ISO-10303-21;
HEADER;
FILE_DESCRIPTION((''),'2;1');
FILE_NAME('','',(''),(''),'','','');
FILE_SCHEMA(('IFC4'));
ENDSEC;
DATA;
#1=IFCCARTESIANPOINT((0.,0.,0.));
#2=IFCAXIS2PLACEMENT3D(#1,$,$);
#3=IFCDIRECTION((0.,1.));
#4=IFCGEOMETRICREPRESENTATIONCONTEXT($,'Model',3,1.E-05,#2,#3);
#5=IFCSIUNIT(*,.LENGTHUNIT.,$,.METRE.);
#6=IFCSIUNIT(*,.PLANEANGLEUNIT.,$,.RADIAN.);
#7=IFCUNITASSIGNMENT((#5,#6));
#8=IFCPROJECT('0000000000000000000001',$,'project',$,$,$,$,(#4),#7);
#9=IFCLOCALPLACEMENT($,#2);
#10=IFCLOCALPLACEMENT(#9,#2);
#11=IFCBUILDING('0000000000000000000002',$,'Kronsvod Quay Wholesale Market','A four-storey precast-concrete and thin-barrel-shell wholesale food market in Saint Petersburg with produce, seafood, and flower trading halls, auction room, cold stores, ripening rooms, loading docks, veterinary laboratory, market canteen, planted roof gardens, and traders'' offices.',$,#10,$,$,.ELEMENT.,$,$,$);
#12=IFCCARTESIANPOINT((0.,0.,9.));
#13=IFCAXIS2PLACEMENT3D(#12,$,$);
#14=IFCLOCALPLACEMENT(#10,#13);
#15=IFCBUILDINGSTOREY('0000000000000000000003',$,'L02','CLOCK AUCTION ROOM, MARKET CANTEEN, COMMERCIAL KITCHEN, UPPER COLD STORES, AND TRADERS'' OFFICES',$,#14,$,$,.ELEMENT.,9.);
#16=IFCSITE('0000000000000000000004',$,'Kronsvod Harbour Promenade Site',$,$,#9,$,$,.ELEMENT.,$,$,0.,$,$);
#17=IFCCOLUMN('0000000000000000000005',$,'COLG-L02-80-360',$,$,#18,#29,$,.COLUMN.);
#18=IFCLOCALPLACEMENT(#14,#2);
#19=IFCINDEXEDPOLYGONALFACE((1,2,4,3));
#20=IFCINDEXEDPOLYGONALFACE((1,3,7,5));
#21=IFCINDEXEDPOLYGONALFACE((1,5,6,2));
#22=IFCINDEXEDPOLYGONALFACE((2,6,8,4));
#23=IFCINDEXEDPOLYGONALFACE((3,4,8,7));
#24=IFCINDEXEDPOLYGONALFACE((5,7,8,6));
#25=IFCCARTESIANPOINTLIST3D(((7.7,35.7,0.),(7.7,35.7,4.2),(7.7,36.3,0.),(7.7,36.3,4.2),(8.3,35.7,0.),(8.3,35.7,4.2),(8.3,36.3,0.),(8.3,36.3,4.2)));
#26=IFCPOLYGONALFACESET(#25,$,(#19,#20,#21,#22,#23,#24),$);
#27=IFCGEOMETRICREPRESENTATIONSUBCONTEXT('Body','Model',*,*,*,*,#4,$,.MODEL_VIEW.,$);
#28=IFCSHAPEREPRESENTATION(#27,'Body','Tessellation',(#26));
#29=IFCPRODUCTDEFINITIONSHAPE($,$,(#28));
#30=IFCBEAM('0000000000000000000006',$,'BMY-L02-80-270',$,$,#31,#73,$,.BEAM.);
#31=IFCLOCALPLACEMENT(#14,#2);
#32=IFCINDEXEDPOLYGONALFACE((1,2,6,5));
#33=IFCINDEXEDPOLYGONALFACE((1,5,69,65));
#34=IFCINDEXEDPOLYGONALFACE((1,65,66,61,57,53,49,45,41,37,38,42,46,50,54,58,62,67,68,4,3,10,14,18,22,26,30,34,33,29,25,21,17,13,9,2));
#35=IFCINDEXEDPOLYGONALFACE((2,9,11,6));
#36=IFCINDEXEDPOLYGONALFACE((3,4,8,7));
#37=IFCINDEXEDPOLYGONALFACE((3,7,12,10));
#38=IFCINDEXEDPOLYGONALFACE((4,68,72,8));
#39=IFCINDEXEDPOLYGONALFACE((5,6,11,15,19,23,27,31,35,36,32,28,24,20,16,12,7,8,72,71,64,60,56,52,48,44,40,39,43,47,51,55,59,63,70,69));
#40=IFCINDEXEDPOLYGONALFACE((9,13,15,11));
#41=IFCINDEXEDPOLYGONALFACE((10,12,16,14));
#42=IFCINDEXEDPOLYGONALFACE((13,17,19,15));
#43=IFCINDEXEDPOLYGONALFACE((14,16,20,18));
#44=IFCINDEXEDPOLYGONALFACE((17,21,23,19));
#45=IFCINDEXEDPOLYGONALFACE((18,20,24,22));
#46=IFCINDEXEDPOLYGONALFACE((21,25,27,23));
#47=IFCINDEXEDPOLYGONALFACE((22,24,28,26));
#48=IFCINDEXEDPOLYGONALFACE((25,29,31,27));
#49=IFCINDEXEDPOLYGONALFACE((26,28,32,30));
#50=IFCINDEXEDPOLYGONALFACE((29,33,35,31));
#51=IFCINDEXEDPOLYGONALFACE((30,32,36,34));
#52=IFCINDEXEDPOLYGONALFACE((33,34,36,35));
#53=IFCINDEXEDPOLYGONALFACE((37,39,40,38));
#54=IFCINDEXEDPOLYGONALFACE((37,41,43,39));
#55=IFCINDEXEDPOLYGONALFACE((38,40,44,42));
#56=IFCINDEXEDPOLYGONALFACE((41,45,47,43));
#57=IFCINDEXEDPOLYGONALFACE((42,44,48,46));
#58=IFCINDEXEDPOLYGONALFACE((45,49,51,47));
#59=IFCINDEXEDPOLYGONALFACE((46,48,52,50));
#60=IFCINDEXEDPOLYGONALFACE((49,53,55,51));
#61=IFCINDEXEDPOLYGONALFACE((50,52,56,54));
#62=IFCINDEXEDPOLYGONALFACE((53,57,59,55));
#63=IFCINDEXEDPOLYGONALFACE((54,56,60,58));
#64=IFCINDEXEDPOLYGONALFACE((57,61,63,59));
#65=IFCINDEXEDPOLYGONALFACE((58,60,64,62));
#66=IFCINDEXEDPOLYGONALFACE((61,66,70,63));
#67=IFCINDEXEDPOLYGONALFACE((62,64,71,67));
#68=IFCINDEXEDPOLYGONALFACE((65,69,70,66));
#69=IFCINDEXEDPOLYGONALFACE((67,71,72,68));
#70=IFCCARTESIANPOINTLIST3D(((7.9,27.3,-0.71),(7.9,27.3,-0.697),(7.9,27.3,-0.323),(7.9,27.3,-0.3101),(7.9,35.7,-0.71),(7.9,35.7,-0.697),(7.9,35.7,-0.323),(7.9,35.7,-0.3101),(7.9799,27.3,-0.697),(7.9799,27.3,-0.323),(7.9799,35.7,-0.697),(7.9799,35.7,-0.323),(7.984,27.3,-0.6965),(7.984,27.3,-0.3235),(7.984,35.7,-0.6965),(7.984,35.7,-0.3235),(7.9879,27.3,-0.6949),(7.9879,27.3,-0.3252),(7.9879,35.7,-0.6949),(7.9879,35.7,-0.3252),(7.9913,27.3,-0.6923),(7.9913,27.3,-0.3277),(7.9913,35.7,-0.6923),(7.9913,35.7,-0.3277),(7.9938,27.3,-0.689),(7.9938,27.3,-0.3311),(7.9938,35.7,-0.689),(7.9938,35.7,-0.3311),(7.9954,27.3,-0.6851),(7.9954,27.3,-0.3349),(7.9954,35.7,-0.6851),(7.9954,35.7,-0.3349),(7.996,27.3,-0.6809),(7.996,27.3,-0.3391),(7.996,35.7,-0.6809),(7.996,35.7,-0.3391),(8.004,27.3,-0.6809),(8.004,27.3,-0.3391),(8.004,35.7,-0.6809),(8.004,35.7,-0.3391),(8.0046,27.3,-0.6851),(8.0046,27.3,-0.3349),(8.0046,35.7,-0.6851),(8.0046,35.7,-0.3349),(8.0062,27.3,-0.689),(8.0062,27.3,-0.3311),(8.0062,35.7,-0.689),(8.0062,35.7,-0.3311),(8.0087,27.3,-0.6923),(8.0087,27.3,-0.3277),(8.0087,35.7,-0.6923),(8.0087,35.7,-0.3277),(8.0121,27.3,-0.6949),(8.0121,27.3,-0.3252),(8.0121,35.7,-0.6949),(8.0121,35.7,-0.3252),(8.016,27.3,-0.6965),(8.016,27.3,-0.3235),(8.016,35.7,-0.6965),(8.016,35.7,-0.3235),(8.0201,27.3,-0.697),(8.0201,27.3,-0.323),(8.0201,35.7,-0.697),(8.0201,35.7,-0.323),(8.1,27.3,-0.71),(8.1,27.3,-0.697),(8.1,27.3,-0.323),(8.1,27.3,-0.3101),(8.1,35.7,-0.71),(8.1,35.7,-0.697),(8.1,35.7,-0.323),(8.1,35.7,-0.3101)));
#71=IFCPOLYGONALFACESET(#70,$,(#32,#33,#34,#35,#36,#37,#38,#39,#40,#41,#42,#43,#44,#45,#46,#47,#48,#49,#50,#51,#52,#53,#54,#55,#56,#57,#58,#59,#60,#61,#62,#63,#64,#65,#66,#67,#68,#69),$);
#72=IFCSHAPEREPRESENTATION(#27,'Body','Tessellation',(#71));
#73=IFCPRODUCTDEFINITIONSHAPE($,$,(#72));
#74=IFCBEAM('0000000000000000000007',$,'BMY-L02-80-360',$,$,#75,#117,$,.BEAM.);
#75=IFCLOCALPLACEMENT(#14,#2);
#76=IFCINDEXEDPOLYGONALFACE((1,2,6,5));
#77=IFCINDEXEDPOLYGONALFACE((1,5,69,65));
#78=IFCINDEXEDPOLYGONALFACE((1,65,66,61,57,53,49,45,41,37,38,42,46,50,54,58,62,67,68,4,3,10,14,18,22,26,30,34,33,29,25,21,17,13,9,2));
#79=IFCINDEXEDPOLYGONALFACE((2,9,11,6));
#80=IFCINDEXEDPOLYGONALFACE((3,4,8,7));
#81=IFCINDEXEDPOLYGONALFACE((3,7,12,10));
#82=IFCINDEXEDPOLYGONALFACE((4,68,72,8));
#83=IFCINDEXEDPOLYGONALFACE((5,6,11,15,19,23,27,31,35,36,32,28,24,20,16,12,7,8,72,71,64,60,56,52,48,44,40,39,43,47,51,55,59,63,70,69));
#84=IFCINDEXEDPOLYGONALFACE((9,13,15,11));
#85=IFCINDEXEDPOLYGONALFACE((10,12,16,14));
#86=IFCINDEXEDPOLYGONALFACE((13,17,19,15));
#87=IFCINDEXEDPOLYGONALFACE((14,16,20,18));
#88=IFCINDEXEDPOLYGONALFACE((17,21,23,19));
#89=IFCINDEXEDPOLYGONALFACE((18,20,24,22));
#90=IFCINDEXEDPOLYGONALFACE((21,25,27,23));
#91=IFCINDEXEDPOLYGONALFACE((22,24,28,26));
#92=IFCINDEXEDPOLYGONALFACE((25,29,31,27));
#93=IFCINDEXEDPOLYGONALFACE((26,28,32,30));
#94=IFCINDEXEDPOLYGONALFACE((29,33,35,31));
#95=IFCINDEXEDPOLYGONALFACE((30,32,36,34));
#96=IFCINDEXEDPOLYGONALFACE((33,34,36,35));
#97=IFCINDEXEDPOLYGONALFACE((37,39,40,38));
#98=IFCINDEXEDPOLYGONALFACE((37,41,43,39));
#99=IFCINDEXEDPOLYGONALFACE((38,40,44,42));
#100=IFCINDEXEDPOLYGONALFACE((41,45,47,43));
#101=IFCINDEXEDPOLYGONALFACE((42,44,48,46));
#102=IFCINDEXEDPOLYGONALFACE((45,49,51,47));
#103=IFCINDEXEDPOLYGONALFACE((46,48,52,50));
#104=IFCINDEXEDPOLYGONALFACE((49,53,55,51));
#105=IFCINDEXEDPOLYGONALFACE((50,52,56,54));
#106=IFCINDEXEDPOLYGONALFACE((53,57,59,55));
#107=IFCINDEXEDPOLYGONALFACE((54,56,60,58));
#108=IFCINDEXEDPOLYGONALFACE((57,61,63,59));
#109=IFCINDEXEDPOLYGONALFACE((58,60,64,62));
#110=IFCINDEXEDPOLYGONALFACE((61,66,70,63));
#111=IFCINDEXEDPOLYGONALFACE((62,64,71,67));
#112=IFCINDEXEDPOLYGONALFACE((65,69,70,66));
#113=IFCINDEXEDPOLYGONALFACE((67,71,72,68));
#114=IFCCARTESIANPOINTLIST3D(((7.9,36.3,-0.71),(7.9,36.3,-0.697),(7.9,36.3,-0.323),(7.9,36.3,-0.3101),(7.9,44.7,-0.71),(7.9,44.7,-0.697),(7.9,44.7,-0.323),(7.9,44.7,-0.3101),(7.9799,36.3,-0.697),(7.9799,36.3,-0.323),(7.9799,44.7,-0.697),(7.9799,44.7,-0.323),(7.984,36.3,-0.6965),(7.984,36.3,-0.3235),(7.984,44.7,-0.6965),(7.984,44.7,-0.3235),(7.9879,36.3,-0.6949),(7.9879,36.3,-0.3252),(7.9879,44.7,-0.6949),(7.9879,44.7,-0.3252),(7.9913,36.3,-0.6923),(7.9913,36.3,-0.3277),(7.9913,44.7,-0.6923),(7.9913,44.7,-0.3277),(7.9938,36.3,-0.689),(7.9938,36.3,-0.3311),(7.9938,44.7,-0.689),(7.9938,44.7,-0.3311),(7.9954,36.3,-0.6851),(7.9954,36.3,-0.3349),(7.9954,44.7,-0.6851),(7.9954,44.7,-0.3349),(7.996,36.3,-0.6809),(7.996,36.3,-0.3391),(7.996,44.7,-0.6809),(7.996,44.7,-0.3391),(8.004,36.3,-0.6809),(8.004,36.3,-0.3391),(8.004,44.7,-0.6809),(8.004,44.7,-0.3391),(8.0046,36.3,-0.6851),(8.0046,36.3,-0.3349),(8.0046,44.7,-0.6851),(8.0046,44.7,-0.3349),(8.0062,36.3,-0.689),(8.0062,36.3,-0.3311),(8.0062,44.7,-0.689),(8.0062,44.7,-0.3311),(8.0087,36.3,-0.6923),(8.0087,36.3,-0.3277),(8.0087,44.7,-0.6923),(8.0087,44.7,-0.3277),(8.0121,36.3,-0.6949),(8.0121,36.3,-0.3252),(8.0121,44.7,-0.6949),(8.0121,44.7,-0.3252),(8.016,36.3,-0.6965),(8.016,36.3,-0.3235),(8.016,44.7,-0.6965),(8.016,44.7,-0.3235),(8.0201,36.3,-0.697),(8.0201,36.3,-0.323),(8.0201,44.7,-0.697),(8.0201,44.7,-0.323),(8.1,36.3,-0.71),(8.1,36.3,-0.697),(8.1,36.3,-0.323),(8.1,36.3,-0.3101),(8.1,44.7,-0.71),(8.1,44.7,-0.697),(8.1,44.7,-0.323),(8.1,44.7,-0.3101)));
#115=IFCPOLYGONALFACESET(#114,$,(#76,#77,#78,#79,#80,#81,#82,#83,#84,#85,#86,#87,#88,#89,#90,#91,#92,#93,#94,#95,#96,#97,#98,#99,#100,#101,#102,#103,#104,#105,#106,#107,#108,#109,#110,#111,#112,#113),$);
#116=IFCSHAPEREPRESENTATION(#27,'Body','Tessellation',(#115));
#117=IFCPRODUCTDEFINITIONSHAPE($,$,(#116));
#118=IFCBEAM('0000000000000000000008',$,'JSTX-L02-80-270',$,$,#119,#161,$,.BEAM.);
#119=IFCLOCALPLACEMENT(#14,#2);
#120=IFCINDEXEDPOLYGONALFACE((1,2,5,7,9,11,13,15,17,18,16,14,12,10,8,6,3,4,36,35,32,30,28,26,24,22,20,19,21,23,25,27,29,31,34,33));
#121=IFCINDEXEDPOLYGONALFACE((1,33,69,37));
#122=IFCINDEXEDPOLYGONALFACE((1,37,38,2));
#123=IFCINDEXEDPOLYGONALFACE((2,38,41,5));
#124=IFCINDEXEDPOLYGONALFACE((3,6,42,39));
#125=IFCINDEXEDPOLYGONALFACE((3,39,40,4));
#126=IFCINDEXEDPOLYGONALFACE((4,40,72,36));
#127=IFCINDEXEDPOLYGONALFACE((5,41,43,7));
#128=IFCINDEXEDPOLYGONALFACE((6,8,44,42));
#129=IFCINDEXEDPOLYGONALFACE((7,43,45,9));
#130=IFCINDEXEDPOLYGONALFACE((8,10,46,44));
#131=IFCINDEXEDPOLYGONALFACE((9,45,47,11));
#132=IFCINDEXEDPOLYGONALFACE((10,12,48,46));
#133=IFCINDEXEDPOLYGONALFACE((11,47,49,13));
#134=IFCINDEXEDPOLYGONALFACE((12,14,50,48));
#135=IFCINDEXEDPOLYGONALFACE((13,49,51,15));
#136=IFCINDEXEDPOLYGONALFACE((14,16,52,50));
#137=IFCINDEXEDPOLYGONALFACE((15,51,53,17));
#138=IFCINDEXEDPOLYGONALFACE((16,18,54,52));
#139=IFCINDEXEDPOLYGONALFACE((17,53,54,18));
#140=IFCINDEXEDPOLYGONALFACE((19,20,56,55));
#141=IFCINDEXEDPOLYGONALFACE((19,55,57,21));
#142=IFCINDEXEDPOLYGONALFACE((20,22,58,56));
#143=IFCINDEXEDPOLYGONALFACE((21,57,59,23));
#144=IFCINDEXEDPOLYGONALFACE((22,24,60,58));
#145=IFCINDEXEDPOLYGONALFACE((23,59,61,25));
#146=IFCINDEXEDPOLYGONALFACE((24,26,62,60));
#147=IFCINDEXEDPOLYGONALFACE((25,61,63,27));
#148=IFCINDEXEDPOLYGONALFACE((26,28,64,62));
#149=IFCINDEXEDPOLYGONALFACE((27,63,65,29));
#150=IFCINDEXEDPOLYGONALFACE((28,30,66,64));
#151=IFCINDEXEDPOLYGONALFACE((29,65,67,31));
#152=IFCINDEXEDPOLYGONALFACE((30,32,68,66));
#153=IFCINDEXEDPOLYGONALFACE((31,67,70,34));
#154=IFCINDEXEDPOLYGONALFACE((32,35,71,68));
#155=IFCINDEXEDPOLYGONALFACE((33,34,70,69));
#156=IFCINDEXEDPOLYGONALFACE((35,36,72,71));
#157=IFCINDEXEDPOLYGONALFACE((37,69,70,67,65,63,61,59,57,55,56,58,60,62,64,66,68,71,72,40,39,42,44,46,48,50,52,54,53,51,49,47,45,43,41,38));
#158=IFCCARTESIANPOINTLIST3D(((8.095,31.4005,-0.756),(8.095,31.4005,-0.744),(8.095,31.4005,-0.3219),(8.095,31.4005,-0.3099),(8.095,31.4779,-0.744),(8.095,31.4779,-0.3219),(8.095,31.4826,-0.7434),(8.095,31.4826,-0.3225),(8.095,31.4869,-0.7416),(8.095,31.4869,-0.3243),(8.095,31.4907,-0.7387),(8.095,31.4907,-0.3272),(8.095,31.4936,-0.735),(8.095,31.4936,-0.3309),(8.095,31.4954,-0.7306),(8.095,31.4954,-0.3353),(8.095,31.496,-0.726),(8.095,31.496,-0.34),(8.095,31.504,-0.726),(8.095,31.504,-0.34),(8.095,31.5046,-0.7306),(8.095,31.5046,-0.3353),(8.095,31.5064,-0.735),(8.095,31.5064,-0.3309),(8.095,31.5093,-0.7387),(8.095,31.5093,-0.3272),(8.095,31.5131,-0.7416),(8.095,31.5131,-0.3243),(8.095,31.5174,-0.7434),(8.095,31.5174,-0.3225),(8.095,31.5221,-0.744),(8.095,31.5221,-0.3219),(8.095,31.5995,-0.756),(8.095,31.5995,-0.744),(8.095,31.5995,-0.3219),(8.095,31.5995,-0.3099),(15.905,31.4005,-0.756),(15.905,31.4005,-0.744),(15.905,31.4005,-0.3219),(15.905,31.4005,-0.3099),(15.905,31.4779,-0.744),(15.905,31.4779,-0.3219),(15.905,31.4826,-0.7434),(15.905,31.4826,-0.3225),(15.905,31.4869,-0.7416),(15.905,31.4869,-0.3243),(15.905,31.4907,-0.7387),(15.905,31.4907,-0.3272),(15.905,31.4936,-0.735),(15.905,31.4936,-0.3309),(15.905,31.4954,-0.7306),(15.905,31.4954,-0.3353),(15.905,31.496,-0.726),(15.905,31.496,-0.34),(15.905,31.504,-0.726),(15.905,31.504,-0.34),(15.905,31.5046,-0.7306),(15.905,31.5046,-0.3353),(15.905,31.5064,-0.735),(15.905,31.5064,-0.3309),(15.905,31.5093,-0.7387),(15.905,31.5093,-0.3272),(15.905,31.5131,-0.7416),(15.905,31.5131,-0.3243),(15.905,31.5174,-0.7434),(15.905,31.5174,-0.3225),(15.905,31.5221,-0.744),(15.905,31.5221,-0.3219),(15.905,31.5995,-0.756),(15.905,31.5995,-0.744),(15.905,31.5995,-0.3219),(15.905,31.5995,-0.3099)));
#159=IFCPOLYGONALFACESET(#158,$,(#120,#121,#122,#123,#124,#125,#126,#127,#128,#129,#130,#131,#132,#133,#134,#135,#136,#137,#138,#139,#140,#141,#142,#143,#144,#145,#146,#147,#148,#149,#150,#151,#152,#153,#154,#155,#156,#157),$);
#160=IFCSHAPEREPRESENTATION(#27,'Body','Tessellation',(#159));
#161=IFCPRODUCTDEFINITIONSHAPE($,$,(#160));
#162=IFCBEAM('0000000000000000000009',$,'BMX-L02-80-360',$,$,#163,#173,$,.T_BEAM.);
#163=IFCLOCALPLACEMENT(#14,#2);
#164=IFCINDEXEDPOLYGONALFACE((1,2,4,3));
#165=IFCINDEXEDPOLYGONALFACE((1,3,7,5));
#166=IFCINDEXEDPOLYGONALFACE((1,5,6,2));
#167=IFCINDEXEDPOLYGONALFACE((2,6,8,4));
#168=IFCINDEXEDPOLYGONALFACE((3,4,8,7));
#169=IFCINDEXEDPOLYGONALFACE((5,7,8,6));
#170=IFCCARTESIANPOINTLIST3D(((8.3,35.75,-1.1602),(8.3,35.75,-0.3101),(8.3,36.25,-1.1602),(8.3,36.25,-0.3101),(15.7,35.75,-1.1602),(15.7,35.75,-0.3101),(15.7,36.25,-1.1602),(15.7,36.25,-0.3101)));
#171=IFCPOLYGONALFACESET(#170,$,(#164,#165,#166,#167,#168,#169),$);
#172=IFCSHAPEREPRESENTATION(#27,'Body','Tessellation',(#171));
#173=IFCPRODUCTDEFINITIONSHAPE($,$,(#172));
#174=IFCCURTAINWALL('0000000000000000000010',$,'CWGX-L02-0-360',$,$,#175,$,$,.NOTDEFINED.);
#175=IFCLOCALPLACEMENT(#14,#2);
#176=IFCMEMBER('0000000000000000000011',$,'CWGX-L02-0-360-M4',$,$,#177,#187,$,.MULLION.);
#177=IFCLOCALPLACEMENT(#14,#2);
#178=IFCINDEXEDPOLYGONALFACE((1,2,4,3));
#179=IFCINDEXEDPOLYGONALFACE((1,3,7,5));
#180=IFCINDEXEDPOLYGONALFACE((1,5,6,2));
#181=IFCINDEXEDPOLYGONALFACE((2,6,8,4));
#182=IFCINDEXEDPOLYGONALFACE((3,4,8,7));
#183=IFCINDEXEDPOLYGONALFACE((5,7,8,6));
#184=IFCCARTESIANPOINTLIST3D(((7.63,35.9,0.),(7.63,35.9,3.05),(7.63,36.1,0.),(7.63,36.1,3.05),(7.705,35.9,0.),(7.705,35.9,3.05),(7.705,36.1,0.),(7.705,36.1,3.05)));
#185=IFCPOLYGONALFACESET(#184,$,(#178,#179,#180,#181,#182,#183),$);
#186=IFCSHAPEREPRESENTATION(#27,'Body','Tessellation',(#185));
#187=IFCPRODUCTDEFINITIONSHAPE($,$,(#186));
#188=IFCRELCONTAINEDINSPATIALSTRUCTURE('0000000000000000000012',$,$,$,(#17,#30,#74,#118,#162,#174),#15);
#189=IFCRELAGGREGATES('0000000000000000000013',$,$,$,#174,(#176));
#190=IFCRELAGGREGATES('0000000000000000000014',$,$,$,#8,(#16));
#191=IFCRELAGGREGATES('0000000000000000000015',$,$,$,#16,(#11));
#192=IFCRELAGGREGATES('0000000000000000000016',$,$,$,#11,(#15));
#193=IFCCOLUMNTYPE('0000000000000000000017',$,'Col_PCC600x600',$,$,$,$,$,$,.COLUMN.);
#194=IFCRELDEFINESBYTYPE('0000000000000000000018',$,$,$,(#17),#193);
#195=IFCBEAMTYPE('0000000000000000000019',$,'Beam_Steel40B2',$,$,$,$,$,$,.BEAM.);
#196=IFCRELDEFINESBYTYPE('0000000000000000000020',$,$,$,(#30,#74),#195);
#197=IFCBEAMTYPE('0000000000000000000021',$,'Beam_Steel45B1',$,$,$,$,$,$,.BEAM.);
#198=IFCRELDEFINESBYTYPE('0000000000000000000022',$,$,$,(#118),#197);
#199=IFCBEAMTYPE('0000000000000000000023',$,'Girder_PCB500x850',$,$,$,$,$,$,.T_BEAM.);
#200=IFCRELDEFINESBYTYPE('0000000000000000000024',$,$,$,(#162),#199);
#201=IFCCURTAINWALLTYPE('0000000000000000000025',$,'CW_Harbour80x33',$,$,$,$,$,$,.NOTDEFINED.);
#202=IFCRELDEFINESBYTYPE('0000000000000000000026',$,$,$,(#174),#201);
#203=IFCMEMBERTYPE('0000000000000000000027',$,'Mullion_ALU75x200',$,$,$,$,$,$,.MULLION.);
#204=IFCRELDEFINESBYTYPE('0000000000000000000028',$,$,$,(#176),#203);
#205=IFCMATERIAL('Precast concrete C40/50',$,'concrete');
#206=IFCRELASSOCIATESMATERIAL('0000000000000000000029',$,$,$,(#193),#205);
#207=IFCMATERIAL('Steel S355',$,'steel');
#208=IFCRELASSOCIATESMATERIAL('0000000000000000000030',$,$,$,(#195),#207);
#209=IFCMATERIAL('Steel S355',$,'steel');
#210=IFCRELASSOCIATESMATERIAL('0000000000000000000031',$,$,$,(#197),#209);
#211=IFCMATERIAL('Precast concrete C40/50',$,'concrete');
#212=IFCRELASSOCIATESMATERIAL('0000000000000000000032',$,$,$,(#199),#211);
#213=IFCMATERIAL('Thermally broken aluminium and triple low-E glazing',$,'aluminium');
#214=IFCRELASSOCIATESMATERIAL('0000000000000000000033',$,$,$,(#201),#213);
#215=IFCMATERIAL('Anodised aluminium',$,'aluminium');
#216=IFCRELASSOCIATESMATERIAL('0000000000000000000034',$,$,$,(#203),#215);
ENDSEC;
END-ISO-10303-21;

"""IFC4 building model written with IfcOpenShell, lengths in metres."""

from ifc_helpers import new_model, si_unit, direction, frame, origin, origin_2d, place, context, subcontext, project, spatial, rectangle, i_section, extrude, material, material_profile, profile_set, type_object, element, aggregate, save


model = new_model("IFC4")

# Units and contexts
model_context = context("Model", 3, precision=1e-05, world=origin(), true_north=direction((0.0, 1.0)))
body_context = subcontext(model_context, "Body", "Model", "MODEL_VIEW")
ifc_project = project(units=[si_unit("LENGTHUNIT", "METRE"), si_unit("PLANEANGLEUNIT", "RADIAN")], contexts=[model_context])

# Site, building, storey
site_placement = place(None, origin())
site = spatial("IfcSite", under=ifc_project, at=site_placement, Name="Kronsvod Harbour Promenade Site", CompositionType="ELEMENT", RefElevation=0.0)
building_placement = place(site_placement, origin())
building = spatial("IfcBuilding", under=site, at=building_placement, Name="Kronsvod Quay Wholesale Market", Description="A four-storey precast-concrete and thin-barrel-shell wholesale food market in Saint Petersburg with produce, seafood, and flower trading halls, auction room, cold stores, ripening rooms, loading docks, veterinary laboratory, market canteen, planted roof gardens, and traders' offices.", CompositionType="ELEMENT")
storey_placement = place(building_placement, frame((0.0, 0.0, 9.0)))
storey = spatial("IfcBuildingStorey", under=building, at=storey_placement, Name="L02", Description="CLOCK AUCTION ROOM, MARKET CANTEEN, COMMERCIAL KITCHEN, UPPER COLD STORES, AND TRADERS' OFFICES", CompositionType="ELEMENT", Elevation=9.0)

# Column
ifc_material_1 = material(Name="Precast concrete C40/50", Category="concrete")
ifc_material_profile_1 = material_profile(ifc_material_1, rectangle(XDim=0.6001, YDim=0.6001, at=origin_2d()), Name="PCC600x600")
ifc_profile_set_1 = profile_set([ifc_material_profile_1], Name="Precast concrete C40/50")
column_type = type_object("IfcColumnType", Name="Col_PCC600x600", PredefinedType="COLUMN", material=ifc_profile_set_1)
column_placement = place(storey_placement, frame((8.0, 36.0, 0.0), z_axis=(0.0, 0.0, 1.0), x_axis=(1.0, 0.0, 0.0)))
element("IfcColumn", 1, at=column_placement, inside=storey, type_object=column_type, Name="COLG-L02-80-360", PredefinedType="COLUMN", context=body_context, shape_type="SweptSolid", body=[
    extrude(rectangle(XDim=0.6001, YDim=0.6001, at=origin_2d()), origin(), (0.0, 0.0, 1.0), 4.2),
])

# Beams
ifc_material_2 = material(Name="Steel S355", Category="steel")
ifc_material_profile_2 = material_profile(ifc_material_2, i_section(OverallWidth=0.2, OverallDepth=0.3999, WebThickness=0.0081, FlangeThickness=0.0129, FilletRadius=0.0161, at=origin_2d()), Name="40B2")
ifc_profile_set_2 = profile_set([ifc_material_profile_2], Name="Steel S355")
beam_type_1 = type_object("IfcBeamType", Name="Beam_Steel40B2", PredefinedType="BEAM", material=ifc_profile_set_2)
for number, where, z_axis, x_axis, name in (
    (2, (8.0, 27.3, -0.51), (0.0, 1.0, 0.0), (-1.0, 0.0, 0.0), "BMY-L02-80-270"),
    (3, (8.0, 36.3, -0.51), (0.0, 1.0, 0.0), (-1.0, 0.0, 0.0), "BMY-L02-80-360"),
):
    element("IfcBeam", number, at=place(storey_placement, frame(where, z_axis=z_axis, x_axis=x_axis)), inside=storey, type_object=beam_type_1, Name=name, PredefinedType="BEAM", context=body_context, shape_type="SweptSolid", body=[
        extrude(i_section(OverallWidth=0.2, OverallDepth=0.3999, WebThickness=0.0081, FlangeThickness=0.0129, FilletRadius=0.0161, at=origin_2d()), origin(), (0.0, 0.0, 1.0), 8.3999),
    ])
ifc_material_3 = material(Name="Steel S355", Category="steel")
ifc_material_profile_3 = material_profile(ifc_material_3, i_section(OverallWidth=0.199, OverallDepth=0.446, WebThickness=0.0081, FlangeThickness=0.012, FilletRadius=0.0181, at=origin_2d()), Name="45B1")
ifc_profile_set_3 = profile_set([ifc_material_profile_3], Name="Steel S355")
beam_type_2 = type_object("IfcBeamType", Name="Beam_Steel45B1", PredefinedType="BEAM", material=ifc_profile_set_3)
beam_1_placement = place(storey_placement, frame((8.095, 31.5, -0.533), z_axis=(1.0, 0.0, 0.0), x_axis=(0.0, 1.0, 0.0)))
element("IfcBeam", 4, at=beam_1_placement, inside=storey, type_object=beam_type_2, Name="JSTX-L02-80-270", PredefinedType="BEAM", context=body_context, shape_type="SweptSolid", body=[
    extrude(i_section(OverallWidth=0.199, OverallDepth=0.446, WebThickness=0.0081, FlangeThickness=0.012, FilletRadius=0.0181, at=origin_2d()), origin(), (0.0, 0.0, 1.0), 7.8101),
])
ifc_material_4 = material(Name="Precast concrete C40/50", Category="concrete")
ifc_material_profile_4 = material_profile(ifc_material_4, rectangle(XDim=0.5, YDim=0.8501, at=origin_2d()), Name="PCB500x850")
ifc_profile_set_4 = profile_set([ifc_material_profile_4], Name="Precast concrete C40/50")
beam_type_3 = type_object("IfcBeamType", Name="Girder_PCB500x850", PredefinedType="T_BEAM", material=ifc_profile_set_4)
beam_2_placement = place(storey_placement, frame((8.3, 36.0, -0.7351), z_axis=(1.0, 0.0, 0.0), x_axis=(0.0, 1.0, 0.0)))
element("IfcBeam", 5, at=beam_2_placement, inside=storey, type_object=beam_type_3, Name="BMX-L02-80-360", PredefinedType="T_BEAM", context=body_context, shape_type="SweptSolid", body=[
    extrude(rectangle(XDim=0.5, YDim=0.8501, at=origin_2d()), origin(), (0.0, 0.0, 1.0), 7.3999),
])

# Curtain wall, member
ifc_material_5 = material(Name="Thermally broken aluminium and triple low-E glazing", Category="aluminium")
curtain_wall_type = type_object("IfcCurtainWallType", Name="CW_Harbour80x33", PredefinedType="NOTDEFINED", material=ifc_material_5)
curtain_wall_1_placement = place(storey_placement, origin())
curtain_wall_1 = element("IfcCurtainWall", 6, at=curtain_wall_1_placement, inside=storey, type_object=curtain_wall_type, Name="CWGX-L02-0-360", PredefinedType="NOTDEFINED")
ifc_material_6 = material(Name="Anodised aluminium", Category="aluminium")
ifc_material_profile_5 = material_profile(ifc_material_6, rectangle(XDim=0.075, YDim=0.2, at=origin_2d()), Name="ALUM75x200")
ifc_profile_set_5 = profile_set([ifc_material_profile_5], Name="Anodised aluminium")
member_type_1 = type_object("IfcMemberType", Name="Mullion_ALU75x200", PredefinedType="MULLION", material=ifc_profile_set_5)
member_1_placement = place(storey_placement, frame((7.6675, 36.0, 0.0), z_axis=(0.0, 0.0, 1.0), x_axis=(1.0, 0.0, 0.0)))
member_1 = element("IfcMember", 7, at=member_1_placement, type_object=member_type_1, Name="CWGX-L02-0-360-M4", PredefinedType="MULLION", context=body_context, shape_type="SweptSolid", body=[
    extrude(rectangle(XDim=0.075, YDim=0.2, at=origin_2d()), origin(), (0.0, 0.0, 1.0), 3.05),
])

aggregate(curtain_wall_1, [member_1])

save(model, "model.ifc")
